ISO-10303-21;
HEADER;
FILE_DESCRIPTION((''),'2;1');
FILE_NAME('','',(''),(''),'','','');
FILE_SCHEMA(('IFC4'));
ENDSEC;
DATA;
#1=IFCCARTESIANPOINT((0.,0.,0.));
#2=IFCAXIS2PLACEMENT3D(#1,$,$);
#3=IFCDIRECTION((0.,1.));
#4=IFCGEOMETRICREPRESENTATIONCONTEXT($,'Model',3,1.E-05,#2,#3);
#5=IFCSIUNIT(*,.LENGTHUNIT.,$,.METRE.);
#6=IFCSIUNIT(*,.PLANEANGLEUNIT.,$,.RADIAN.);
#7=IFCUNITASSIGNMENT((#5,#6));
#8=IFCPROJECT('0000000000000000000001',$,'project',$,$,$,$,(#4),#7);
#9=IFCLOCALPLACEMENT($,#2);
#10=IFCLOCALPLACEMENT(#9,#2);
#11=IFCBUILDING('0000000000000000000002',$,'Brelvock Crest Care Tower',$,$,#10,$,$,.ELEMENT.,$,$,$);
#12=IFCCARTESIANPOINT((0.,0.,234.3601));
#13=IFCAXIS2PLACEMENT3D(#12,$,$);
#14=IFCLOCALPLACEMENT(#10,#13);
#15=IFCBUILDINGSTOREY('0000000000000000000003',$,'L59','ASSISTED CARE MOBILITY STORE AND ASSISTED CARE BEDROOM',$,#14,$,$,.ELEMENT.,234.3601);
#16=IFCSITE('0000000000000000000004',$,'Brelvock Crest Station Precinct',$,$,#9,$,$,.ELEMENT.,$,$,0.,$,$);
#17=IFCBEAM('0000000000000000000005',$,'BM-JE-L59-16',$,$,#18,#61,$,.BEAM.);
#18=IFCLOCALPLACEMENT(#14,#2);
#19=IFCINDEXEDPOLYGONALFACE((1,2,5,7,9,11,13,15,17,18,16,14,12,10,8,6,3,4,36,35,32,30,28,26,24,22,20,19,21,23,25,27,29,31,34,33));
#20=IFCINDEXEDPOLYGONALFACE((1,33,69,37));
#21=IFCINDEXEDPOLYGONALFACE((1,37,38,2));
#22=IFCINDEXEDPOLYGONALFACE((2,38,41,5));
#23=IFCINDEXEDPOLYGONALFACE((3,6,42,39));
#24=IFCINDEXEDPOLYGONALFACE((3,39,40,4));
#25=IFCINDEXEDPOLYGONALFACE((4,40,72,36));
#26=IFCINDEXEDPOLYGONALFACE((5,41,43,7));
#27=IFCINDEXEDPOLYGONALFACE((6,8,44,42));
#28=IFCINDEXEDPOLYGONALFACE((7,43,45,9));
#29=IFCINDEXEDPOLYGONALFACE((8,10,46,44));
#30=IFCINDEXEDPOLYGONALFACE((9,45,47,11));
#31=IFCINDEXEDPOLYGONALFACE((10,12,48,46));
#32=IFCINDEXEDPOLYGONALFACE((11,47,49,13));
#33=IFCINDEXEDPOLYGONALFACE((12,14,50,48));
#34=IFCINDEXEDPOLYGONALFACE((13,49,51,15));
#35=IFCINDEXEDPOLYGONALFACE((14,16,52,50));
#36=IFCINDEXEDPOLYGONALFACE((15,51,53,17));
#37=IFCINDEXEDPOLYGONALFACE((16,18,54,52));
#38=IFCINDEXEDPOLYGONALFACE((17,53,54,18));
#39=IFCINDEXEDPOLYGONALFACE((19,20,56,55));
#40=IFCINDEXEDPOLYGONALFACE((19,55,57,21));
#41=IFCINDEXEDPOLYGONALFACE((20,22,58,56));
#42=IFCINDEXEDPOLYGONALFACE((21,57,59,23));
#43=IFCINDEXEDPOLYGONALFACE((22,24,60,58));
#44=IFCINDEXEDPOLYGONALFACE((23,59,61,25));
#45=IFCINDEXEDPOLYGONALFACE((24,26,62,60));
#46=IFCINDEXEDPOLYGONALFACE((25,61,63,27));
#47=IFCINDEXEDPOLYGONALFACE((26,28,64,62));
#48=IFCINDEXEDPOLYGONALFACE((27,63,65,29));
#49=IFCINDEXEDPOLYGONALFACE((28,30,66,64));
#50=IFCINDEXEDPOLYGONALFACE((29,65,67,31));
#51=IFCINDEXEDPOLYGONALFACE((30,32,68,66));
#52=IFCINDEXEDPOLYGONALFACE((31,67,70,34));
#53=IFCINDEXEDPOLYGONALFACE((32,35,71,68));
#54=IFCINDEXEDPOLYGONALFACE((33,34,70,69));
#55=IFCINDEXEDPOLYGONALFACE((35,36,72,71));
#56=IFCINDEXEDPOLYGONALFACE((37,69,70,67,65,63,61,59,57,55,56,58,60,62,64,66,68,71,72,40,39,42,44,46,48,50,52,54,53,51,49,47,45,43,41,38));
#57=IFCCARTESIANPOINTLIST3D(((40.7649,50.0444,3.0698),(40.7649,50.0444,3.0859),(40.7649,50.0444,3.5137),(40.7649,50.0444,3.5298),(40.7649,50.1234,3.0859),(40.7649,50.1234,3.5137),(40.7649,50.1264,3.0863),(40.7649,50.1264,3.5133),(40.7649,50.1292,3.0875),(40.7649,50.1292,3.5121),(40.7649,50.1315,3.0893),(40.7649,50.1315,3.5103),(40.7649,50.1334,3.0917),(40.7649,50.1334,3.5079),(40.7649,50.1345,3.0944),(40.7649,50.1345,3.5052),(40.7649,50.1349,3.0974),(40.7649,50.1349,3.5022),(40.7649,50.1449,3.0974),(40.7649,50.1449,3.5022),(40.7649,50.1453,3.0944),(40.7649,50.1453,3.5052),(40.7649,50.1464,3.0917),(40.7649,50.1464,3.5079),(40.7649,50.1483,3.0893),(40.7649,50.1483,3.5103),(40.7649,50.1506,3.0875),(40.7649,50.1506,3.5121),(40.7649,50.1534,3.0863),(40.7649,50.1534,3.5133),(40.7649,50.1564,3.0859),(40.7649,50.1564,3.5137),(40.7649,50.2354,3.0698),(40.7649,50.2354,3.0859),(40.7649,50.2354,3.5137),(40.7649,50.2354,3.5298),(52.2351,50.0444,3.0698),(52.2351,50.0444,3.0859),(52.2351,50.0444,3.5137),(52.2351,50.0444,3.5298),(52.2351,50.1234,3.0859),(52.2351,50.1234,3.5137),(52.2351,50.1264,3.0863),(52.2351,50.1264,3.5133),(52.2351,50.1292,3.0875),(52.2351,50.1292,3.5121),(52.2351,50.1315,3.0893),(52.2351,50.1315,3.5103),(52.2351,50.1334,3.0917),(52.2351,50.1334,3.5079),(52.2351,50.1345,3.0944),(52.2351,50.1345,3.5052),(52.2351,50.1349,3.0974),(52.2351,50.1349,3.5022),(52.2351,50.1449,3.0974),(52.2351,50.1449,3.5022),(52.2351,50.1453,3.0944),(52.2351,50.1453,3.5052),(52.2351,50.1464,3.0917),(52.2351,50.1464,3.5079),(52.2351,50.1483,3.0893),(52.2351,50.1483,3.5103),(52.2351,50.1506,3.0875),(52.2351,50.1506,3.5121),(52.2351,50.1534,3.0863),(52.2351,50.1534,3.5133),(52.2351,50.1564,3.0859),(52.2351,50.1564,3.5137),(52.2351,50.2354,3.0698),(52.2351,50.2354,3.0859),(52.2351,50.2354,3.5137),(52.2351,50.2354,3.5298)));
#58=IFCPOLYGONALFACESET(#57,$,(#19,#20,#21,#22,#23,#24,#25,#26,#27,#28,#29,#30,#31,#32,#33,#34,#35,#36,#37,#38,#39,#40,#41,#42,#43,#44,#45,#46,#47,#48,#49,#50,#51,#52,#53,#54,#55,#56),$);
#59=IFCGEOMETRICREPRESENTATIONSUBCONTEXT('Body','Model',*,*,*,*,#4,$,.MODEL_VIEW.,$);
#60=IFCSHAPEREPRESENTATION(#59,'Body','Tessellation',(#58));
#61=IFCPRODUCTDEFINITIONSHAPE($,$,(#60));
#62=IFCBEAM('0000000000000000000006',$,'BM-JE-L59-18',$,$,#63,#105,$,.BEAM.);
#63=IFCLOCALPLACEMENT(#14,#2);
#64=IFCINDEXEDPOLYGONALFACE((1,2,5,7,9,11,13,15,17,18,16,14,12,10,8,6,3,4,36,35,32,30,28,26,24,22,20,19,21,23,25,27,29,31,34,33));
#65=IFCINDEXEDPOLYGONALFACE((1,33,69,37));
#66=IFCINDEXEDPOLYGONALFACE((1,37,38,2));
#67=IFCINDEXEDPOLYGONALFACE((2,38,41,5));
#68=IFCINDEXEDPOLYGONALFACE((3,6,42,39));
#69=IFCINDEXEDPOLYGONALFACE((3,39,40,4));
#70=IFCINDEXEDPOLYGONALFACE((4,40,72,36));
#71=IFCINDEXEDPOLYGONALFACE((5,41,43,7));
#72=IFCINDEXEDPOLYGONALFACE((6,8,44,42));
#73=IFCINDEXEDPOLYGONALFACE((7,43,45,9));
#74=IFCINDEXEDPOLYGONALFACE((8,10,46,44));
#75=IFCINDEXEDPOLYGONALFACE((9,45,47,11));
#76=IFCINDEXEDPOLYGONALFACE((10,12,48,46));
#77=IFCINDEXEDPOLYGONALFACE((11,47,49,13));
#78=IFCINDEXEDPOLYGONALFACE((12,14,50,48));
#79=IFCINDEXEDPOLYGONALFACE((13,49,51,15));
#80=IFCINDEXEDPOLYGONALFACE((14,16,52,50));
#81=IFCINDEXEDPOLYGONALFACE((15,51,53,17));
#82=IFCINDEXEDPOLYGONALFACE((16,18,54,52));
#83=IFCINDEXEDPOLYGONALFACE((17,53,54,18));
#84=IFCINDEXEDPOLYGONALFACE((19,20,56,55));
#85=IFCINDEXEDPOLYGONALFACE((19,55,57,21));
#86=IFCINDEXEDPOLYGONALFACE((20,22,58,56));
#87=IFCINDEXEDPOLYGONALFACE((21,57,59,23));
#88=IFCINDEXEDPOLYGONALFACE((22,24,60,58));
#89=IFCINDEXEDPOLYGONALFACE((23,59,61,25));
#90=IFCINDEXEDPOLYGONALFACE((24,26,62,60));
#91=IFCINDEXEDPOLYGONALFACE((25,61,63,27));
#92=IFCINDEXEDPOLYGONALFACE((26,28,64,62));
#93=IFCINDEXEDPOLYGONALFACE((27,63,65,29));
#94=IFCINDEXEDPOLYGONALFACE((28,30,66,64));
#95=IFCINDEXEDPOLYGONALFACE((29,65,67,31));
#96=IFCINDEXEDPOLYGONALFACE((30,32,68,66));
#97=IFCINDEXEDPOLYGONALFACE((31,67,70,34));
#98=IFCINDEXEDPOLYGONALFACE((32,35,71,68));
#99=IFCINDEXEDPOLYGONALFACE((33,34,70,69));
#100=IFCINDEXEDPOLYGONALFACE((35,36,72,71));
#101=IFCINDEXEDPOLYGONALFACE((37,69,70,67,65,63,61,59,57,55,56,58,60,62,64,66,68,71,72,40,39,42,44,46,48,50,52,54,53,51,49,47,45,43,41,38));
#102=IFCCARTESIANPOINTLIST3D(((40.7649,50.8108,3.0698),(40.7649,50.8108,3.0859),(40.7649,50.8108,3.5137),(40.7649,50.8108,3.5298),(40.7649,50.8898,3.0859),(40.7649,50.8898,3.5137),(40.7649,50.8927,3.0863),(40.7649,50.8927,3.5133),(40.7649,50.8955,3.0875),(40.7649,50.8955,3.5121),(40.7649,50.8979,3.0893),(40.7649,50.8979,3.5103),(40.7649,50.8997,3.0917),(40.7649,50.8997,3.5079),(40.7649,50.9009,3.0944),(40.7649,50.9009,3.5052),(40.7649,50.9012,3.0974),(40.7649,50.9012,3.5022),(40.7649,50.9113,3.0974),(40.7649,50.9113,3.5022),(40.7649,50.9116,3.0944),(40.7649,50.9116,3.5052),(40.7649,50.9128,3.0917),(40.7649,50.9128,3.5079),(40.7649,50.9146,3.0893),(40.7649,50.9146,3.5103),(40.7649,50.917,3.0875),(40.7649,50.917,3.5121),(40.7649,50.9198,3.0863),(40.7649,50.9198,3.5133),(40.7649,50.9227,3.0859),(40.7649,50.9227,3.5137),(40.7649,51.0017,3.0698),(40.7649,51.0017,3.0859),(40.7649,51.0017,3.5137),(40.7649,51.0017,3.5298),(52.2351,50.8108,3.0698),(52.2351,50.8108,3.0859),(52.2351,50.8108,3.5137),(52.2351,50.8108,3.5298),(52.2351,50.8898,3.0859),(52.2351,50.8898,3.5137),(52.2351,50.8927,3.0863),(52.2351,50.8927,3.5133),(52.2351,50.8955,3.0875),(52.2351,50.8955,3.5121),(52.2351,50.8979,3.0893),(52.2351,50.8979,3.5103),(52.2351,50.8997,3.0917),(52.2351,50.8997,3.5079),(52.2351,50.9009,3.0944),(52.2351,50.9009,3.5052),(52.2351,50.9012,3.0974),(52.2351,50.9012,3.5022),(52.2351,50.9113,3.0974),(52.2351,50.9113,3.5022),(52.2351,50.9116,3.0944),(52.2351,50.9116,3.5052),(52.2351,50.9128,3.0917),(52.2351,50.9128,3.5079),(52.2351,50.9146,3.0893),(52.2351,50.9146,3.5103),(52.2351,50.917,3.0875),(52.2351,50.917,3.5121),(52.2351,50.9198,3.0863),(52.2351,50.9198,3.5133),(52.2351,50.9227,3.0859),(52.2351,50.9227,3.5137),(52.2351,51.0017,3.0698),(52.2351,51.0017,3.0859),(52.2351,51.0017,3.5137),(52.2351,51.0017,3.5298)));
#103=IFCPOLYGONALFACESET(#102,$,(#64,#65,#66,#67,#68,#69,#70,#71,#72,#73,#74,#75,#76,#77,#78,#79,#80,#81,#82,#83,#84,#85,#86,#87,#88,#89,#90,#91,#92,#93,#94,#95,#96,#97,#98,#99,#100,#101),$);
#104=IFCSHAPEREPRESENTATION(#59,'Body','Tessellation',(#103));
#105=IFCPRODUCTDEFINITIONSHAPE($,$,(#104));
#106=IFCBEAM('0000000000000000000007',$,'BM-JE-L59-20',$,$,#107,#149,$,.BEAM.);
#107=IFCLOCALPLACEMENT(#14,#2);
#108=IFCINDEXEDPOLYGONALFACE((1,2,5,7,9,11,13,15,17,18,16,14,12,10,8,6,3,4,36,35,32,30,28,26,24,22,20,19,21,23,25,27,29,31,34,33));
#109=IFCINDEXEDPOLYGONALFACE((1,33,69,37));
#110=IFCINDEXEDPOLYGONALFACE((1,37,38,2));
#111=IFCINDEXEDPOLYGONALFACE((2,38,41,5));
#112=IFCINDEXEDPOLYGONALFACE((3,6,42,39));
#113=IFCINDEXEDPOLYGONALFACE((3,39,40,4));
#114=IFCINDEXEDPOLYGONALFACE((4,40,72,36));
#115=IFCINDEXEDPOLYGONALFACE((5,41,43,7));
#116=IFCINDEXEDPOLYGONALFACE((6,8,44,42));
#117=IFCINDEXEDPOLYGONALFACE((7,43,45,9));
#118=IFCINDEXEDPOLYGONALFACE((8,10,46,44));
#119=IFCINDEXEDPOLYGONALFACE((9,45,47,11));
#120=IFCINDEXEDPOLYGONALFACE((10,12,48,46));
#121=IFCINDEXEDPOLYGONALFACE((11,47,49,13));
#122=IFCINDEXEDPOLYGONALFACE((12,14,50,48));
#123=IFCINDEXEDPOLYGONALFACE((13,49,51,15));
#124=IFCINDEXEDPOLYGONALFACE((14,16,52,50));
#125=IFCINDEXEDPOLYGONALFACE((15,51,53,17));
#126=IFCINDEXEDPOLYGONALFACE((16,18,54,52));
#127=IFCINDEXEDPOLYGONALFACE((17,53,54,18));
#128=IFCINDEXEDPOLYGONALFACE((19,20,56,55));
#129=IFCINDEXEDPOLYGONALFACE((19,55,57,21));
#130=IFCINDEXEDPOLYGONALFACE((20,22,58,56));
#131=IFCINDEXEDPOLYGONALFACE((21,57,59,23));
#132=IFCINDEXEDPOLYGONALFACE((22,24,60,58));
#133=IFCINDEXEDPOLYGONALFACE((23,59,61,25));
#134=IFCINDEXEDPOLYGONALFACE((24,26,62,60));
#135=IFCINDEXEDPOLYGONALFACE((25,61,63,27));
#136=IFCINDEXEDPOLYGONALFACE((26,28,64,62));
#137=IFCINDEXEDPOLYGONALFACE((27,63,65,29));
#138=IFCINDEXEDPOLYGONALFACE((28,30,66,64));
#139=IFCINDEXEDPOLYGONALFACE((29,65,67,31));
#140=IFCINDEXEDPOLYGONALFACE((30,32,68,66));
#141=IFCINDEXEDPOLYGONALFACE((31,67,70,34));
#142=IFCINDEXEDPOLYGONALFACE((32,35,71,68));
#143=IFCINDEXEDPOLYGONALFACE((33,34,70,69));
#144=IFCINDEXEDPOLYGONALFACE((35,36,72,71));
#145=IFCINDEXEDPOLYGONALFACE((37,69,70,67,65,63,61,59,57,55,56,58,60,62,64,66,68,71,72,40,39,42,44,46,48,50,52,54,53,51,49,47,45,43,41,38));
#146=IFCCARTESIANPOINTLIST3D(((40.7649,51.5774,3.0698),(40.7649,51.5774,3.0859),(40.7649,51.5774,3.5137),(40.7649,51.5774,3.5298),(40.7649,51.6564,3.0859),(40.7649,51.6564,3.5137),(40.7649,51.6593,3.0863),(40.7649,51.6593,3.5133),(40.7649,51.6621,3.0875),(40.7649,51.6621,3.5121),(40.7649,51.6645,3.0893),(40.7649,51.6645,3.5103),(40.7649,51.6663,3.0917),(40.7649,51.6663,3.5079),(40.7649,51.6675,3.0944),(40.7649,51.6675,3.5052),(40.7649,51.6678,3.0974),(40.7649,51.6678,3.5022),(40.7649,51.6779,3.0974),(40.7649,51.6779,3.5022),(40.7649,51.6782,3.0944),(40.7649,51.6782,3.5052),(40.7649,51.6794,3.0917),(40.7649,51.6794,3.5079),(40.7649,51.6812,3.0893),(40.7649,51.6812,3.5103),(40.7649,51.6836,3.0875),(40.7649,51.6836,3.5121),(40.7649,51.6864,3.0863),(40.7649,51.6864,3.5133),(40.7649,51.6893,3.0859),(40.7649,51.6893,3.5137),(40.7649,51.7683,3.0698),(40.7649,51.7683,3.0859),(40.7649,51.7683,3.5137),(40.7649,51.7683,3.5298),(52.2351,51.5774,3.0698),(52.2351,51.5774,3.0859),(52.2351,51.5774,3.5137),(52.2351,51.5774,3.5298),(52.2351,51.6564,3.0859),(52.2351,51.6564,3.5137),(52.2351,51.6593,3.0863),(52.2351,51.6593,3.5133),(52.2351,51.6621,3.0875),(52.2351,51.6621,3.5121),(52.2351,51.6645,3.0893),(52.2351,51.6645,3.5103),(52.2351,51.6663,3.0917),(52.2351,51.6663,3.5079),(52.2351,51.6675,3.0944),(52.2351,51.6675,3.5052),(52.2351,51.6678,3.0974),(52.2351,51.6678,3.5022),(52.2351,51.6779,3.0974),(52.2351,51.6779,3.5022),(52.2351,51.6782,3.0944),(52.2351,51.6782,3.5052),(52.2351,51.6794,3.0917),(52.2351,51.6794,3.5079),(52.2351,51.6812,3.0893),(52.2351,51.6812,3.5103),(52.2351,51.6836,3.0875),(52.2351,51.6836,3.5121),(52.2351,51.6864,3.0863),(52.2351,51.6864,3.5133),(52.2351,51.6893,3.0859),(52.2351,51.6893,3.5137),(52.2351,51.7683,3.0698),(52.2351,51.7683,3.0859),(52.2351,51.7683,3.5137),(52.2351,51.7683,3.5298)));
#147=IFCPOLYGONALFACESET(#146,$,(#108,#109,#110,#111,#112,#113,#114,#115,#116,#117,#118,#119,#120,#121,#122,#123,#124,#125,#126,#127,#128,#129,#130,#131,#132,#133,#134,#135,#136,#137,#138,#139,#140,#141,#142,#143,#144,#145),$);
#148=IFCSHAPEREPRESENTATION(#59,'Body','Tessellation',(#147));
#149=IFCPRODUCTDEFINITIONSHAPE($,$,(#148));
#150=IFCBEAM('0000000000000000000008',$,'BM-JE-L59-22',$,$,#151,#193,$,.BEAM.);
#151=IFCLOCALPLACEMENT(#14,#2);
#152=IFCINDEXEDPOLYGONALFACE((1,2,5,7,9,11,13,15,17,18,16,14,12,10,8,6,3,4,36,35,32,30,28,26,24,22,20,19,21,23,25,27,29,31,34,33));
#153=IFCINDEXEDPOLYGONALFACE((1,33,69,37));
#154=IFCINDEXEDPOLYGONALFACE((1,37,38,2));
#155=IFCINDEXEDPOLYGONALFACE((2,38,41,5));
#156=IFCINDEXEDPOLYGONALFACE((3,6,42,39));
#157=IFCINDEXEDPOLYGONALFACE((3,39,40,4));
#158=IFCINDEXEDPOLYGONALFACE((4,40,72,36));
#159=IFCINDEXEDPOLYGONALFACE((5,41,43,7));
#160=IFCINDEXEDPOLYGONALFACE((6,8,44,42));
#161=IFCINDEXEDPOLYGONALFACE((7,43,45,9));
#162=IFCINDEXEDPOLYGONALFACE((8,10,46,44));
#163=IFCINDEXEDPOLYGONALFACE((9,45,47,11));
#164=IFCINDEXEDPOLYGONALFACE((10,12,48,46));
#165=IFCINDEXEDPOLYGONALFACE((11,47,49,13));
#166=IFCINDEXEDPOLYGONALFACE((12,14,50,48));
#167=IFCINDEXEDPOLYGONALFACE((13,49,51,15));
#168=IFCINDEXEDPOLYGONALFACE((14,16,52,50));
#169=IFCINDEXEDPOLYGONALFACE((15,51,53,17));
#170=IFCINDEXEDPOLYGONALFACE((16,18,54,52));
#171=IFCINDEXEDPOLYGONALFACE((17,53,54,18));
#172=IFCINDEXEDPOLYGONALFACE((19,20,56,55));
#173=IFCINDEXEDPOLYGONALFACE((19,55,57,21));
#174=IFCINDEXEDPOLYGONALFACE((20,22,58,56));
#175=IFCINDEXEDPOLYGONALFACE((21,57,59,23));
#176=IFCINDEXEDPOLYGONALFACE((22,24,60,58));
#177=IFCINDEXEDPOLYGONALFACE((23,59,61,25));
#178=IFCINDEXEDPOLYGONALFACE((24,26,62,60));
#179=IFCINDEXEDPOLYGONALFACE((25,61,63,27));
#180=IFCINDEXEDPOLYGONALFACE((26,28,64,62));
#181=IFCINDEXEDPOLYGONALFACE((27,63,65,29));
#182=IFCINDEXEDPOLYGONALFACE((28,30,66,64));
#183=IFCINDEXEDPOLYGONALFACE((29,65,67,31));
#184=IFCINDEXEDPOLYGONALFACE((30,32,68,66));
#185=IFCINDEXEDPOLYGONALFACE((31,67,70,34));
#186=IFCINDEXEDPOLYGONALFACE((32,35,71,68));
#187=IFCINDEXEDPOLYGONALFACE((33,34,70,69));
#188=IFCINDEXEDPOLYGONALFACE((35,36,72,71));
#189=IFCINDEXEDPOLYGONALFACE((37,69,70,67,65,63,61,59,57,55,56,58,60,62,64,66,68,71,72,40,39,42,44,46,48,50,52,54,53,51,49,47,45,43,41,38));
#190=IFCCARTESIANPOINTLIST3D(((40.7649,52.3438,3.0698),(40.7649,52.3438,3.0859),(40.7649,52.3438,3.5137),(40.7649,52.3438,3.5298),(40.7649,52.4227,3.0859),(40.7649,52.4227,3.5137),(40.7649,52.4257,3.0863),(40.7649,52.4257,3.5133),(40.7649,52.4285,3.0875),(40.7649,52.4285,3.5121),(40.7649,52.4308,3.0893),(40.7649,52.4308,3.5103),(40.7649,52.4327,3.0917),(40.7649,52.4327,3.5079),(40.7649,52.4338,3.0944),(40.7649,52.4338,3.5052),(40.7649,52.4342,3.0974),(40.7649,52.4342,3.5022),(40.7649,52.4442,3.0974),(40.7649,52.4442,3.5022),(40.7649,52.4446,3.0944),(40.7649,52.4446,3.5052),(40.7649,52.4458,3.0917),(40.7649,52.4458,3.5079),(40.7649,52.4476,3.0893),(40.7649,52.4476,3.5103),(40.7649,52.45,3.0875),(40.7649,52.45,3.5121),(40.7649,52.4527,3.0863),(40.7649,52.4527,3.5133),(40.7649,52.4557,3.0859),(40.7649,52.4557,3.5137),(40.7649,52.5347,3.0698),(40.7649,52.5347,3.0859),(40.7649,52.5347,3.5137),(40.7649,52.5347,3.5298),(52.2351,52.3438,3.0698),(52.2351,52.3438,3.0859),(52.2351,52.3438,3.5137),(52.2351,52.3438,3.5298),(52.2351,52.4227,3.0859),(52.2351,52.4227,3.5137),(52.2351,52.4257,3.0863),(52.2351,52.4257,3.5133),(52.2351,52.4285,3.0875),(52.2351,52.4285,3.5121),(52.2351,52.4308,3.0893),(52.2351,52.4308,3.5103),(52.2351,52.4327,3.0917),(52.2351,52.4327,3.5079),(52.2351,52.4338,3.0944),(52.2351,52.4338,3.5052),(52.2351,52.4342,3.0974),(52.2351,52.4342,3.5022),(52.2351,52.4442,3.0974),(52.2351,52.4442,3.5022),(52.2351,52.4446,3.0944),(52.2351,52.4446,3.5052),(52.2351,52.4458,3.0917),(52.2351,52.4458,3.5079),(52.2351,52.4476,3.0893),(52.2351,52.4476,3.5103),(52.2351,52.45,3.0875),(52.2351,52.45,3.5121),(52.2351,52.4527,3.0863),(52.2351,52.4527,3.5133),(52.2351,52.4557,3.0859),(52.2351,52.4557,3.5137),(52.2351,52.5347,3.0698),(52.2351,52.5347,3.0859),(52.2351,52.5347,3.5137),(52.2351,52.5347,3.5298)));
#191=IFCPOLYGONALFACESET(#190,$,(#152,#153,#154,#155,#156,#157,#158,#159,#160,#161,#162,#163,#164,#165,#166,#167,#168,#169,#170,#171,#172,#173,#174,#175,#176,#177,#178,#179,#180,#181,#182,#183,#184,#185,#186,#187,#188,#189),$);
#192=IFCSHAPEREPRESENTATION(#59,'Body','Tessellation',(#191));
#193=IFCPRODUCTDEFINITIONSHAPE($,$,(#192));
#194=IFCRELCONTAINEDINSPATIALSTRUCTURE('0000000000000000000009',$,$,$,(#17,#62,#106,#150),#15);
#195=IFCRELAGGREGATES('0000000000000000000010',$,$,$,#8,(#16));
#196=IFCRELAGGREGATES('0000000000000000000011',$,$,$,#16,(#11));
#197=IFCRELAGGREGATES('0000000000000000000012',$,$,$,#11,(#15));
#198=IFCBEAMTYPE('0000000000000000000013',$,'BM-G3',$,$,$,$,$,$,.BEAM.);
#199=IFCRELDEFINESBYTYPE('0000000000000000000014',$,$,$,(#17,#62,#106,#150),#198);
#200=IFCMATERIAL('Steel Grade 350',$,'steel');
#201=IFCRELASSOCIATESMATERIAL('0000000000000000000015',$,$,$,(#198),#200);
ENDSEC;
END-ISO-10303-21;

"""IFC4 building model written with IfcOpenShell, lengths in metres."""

from ifc_helpers import new_model, si_unit, direction, frame, origin, origin_2d, place, context, subcontext, project, spatial, i_section, extrude, source, transform, mapped, material, material_profile, profile_set, type_object, element, save


model = new_model("IFC4")

# Units and contexts
model_context = context("Model", 3, precision=1e-05, world=origin(), true_north=direction((0.0, 1.0)))
body_context = subcontext(model_context, "Body", "Model", "MODEL_VIEW")
ifc_project = project(units=[si_unit("LENGTHUNIT", "METRE"), si_unit("PLANEANGLEUNIT", "RADIAN")], contexts=[model_context])

# Site, building, storey
site_placement = place(None, origin())
site = spatial("IfcSite", under=ifc_project, at=site_placement, Name="Brelvock Crest Station Precinct", CompositionType="ELEMENT", RefElevation=0.0)
building_placement = place(site_placement, origin())
building = spatial("IfcBuilding", under=site, at=building_placement, Name="Brelvock Crest Care Tower", CompositionType="ELEMENT")
storey_placement = place(building_placement, frame((0.0, 0.0, 234.3601)))
storey = spatial("IfcBuildingStorey", under=building, at=storey_placement, Name="L59", Description="ASSISTED CARE MOBILITY STORE AND ASSISTED CARE BEDROOM", CompositionType="ELEMENT", Elevation=234.3601)

# Beams
ifc_material_1 = material(Name="Steel Grade 350", Category="steel")
ifc_material_profile_1 = material_profile(ifc_material_1, i_section(OverallWidth=0.1909, OverallDepth=0.46, WebThickness=0.01, FlangeThickness=0.0161, FilletRadius=0.0115, at=origin_2d()), Name="460UB82.1")
ifc_profile_set_1 = profile_set([ifc_material_profile_1], Name="Steel Grade 350")
beam_type_1 = type_object("IfcBeamType", Name="BM-G3", PredefinedType="BEAM", material=ifc_profile_set_1)
shared_shape_1 = source(origin(), body_context, "Body", "SweptSolid", [
    extrude(i_section(OverallWidth=0.1909, OverallDepth=0.46, WebThickness=0.01, FlangeThickness=0.0161, FilletRadius=0.0115, at=origin_2d()), origin(), (0.0, 0.0, 1.0), 11.4702),
])
for number, where, z_axis, x_axis, name in (
    (1, (40.7649, 50.1399, 3.2998), (1.0, 0.0, 0.0), (0.0, 1.0, 0.0), "BM-JE-L59-16"),
    (2, (40.7649, 50.9062, 3.2998), (1.0, 0.0, 0.0), (0.0, 1.0, 0.0), "BM-JE-L59-18"),
    (3, (40.7649, 51.6729, 3.2998), (1.0, 0.0, 0.0), (0.0, 1.0, 0.0), "BM-JE-L59-20"),
    (4, (40.7649, 52.4392, 3.2998), (1.0, 0.0, 0.0), (0.0, 1.0, 0.0), "BM-JE-L59-22"),
):
    element("IfcBeam", number, at=place(storey_placement, frame(where, z_axis=z_axis, x_axis=x_axis)), inside=storey, type_object=beam_type_1, Name=name, PredefinedType="BEAM", context=body_context, shape_type="MappedRepresentation", body=[
        mapped(shared_shape_1, transform((0.0, 0.0, 0.0), x_axis=(1.0, 0.0, 0.0), y_axis=(0.0, 1.0, 0.0), z_axis=(0.0, 0.0, 1.0), scale=1.0)),
    ])

save(model, "model.ifc")
